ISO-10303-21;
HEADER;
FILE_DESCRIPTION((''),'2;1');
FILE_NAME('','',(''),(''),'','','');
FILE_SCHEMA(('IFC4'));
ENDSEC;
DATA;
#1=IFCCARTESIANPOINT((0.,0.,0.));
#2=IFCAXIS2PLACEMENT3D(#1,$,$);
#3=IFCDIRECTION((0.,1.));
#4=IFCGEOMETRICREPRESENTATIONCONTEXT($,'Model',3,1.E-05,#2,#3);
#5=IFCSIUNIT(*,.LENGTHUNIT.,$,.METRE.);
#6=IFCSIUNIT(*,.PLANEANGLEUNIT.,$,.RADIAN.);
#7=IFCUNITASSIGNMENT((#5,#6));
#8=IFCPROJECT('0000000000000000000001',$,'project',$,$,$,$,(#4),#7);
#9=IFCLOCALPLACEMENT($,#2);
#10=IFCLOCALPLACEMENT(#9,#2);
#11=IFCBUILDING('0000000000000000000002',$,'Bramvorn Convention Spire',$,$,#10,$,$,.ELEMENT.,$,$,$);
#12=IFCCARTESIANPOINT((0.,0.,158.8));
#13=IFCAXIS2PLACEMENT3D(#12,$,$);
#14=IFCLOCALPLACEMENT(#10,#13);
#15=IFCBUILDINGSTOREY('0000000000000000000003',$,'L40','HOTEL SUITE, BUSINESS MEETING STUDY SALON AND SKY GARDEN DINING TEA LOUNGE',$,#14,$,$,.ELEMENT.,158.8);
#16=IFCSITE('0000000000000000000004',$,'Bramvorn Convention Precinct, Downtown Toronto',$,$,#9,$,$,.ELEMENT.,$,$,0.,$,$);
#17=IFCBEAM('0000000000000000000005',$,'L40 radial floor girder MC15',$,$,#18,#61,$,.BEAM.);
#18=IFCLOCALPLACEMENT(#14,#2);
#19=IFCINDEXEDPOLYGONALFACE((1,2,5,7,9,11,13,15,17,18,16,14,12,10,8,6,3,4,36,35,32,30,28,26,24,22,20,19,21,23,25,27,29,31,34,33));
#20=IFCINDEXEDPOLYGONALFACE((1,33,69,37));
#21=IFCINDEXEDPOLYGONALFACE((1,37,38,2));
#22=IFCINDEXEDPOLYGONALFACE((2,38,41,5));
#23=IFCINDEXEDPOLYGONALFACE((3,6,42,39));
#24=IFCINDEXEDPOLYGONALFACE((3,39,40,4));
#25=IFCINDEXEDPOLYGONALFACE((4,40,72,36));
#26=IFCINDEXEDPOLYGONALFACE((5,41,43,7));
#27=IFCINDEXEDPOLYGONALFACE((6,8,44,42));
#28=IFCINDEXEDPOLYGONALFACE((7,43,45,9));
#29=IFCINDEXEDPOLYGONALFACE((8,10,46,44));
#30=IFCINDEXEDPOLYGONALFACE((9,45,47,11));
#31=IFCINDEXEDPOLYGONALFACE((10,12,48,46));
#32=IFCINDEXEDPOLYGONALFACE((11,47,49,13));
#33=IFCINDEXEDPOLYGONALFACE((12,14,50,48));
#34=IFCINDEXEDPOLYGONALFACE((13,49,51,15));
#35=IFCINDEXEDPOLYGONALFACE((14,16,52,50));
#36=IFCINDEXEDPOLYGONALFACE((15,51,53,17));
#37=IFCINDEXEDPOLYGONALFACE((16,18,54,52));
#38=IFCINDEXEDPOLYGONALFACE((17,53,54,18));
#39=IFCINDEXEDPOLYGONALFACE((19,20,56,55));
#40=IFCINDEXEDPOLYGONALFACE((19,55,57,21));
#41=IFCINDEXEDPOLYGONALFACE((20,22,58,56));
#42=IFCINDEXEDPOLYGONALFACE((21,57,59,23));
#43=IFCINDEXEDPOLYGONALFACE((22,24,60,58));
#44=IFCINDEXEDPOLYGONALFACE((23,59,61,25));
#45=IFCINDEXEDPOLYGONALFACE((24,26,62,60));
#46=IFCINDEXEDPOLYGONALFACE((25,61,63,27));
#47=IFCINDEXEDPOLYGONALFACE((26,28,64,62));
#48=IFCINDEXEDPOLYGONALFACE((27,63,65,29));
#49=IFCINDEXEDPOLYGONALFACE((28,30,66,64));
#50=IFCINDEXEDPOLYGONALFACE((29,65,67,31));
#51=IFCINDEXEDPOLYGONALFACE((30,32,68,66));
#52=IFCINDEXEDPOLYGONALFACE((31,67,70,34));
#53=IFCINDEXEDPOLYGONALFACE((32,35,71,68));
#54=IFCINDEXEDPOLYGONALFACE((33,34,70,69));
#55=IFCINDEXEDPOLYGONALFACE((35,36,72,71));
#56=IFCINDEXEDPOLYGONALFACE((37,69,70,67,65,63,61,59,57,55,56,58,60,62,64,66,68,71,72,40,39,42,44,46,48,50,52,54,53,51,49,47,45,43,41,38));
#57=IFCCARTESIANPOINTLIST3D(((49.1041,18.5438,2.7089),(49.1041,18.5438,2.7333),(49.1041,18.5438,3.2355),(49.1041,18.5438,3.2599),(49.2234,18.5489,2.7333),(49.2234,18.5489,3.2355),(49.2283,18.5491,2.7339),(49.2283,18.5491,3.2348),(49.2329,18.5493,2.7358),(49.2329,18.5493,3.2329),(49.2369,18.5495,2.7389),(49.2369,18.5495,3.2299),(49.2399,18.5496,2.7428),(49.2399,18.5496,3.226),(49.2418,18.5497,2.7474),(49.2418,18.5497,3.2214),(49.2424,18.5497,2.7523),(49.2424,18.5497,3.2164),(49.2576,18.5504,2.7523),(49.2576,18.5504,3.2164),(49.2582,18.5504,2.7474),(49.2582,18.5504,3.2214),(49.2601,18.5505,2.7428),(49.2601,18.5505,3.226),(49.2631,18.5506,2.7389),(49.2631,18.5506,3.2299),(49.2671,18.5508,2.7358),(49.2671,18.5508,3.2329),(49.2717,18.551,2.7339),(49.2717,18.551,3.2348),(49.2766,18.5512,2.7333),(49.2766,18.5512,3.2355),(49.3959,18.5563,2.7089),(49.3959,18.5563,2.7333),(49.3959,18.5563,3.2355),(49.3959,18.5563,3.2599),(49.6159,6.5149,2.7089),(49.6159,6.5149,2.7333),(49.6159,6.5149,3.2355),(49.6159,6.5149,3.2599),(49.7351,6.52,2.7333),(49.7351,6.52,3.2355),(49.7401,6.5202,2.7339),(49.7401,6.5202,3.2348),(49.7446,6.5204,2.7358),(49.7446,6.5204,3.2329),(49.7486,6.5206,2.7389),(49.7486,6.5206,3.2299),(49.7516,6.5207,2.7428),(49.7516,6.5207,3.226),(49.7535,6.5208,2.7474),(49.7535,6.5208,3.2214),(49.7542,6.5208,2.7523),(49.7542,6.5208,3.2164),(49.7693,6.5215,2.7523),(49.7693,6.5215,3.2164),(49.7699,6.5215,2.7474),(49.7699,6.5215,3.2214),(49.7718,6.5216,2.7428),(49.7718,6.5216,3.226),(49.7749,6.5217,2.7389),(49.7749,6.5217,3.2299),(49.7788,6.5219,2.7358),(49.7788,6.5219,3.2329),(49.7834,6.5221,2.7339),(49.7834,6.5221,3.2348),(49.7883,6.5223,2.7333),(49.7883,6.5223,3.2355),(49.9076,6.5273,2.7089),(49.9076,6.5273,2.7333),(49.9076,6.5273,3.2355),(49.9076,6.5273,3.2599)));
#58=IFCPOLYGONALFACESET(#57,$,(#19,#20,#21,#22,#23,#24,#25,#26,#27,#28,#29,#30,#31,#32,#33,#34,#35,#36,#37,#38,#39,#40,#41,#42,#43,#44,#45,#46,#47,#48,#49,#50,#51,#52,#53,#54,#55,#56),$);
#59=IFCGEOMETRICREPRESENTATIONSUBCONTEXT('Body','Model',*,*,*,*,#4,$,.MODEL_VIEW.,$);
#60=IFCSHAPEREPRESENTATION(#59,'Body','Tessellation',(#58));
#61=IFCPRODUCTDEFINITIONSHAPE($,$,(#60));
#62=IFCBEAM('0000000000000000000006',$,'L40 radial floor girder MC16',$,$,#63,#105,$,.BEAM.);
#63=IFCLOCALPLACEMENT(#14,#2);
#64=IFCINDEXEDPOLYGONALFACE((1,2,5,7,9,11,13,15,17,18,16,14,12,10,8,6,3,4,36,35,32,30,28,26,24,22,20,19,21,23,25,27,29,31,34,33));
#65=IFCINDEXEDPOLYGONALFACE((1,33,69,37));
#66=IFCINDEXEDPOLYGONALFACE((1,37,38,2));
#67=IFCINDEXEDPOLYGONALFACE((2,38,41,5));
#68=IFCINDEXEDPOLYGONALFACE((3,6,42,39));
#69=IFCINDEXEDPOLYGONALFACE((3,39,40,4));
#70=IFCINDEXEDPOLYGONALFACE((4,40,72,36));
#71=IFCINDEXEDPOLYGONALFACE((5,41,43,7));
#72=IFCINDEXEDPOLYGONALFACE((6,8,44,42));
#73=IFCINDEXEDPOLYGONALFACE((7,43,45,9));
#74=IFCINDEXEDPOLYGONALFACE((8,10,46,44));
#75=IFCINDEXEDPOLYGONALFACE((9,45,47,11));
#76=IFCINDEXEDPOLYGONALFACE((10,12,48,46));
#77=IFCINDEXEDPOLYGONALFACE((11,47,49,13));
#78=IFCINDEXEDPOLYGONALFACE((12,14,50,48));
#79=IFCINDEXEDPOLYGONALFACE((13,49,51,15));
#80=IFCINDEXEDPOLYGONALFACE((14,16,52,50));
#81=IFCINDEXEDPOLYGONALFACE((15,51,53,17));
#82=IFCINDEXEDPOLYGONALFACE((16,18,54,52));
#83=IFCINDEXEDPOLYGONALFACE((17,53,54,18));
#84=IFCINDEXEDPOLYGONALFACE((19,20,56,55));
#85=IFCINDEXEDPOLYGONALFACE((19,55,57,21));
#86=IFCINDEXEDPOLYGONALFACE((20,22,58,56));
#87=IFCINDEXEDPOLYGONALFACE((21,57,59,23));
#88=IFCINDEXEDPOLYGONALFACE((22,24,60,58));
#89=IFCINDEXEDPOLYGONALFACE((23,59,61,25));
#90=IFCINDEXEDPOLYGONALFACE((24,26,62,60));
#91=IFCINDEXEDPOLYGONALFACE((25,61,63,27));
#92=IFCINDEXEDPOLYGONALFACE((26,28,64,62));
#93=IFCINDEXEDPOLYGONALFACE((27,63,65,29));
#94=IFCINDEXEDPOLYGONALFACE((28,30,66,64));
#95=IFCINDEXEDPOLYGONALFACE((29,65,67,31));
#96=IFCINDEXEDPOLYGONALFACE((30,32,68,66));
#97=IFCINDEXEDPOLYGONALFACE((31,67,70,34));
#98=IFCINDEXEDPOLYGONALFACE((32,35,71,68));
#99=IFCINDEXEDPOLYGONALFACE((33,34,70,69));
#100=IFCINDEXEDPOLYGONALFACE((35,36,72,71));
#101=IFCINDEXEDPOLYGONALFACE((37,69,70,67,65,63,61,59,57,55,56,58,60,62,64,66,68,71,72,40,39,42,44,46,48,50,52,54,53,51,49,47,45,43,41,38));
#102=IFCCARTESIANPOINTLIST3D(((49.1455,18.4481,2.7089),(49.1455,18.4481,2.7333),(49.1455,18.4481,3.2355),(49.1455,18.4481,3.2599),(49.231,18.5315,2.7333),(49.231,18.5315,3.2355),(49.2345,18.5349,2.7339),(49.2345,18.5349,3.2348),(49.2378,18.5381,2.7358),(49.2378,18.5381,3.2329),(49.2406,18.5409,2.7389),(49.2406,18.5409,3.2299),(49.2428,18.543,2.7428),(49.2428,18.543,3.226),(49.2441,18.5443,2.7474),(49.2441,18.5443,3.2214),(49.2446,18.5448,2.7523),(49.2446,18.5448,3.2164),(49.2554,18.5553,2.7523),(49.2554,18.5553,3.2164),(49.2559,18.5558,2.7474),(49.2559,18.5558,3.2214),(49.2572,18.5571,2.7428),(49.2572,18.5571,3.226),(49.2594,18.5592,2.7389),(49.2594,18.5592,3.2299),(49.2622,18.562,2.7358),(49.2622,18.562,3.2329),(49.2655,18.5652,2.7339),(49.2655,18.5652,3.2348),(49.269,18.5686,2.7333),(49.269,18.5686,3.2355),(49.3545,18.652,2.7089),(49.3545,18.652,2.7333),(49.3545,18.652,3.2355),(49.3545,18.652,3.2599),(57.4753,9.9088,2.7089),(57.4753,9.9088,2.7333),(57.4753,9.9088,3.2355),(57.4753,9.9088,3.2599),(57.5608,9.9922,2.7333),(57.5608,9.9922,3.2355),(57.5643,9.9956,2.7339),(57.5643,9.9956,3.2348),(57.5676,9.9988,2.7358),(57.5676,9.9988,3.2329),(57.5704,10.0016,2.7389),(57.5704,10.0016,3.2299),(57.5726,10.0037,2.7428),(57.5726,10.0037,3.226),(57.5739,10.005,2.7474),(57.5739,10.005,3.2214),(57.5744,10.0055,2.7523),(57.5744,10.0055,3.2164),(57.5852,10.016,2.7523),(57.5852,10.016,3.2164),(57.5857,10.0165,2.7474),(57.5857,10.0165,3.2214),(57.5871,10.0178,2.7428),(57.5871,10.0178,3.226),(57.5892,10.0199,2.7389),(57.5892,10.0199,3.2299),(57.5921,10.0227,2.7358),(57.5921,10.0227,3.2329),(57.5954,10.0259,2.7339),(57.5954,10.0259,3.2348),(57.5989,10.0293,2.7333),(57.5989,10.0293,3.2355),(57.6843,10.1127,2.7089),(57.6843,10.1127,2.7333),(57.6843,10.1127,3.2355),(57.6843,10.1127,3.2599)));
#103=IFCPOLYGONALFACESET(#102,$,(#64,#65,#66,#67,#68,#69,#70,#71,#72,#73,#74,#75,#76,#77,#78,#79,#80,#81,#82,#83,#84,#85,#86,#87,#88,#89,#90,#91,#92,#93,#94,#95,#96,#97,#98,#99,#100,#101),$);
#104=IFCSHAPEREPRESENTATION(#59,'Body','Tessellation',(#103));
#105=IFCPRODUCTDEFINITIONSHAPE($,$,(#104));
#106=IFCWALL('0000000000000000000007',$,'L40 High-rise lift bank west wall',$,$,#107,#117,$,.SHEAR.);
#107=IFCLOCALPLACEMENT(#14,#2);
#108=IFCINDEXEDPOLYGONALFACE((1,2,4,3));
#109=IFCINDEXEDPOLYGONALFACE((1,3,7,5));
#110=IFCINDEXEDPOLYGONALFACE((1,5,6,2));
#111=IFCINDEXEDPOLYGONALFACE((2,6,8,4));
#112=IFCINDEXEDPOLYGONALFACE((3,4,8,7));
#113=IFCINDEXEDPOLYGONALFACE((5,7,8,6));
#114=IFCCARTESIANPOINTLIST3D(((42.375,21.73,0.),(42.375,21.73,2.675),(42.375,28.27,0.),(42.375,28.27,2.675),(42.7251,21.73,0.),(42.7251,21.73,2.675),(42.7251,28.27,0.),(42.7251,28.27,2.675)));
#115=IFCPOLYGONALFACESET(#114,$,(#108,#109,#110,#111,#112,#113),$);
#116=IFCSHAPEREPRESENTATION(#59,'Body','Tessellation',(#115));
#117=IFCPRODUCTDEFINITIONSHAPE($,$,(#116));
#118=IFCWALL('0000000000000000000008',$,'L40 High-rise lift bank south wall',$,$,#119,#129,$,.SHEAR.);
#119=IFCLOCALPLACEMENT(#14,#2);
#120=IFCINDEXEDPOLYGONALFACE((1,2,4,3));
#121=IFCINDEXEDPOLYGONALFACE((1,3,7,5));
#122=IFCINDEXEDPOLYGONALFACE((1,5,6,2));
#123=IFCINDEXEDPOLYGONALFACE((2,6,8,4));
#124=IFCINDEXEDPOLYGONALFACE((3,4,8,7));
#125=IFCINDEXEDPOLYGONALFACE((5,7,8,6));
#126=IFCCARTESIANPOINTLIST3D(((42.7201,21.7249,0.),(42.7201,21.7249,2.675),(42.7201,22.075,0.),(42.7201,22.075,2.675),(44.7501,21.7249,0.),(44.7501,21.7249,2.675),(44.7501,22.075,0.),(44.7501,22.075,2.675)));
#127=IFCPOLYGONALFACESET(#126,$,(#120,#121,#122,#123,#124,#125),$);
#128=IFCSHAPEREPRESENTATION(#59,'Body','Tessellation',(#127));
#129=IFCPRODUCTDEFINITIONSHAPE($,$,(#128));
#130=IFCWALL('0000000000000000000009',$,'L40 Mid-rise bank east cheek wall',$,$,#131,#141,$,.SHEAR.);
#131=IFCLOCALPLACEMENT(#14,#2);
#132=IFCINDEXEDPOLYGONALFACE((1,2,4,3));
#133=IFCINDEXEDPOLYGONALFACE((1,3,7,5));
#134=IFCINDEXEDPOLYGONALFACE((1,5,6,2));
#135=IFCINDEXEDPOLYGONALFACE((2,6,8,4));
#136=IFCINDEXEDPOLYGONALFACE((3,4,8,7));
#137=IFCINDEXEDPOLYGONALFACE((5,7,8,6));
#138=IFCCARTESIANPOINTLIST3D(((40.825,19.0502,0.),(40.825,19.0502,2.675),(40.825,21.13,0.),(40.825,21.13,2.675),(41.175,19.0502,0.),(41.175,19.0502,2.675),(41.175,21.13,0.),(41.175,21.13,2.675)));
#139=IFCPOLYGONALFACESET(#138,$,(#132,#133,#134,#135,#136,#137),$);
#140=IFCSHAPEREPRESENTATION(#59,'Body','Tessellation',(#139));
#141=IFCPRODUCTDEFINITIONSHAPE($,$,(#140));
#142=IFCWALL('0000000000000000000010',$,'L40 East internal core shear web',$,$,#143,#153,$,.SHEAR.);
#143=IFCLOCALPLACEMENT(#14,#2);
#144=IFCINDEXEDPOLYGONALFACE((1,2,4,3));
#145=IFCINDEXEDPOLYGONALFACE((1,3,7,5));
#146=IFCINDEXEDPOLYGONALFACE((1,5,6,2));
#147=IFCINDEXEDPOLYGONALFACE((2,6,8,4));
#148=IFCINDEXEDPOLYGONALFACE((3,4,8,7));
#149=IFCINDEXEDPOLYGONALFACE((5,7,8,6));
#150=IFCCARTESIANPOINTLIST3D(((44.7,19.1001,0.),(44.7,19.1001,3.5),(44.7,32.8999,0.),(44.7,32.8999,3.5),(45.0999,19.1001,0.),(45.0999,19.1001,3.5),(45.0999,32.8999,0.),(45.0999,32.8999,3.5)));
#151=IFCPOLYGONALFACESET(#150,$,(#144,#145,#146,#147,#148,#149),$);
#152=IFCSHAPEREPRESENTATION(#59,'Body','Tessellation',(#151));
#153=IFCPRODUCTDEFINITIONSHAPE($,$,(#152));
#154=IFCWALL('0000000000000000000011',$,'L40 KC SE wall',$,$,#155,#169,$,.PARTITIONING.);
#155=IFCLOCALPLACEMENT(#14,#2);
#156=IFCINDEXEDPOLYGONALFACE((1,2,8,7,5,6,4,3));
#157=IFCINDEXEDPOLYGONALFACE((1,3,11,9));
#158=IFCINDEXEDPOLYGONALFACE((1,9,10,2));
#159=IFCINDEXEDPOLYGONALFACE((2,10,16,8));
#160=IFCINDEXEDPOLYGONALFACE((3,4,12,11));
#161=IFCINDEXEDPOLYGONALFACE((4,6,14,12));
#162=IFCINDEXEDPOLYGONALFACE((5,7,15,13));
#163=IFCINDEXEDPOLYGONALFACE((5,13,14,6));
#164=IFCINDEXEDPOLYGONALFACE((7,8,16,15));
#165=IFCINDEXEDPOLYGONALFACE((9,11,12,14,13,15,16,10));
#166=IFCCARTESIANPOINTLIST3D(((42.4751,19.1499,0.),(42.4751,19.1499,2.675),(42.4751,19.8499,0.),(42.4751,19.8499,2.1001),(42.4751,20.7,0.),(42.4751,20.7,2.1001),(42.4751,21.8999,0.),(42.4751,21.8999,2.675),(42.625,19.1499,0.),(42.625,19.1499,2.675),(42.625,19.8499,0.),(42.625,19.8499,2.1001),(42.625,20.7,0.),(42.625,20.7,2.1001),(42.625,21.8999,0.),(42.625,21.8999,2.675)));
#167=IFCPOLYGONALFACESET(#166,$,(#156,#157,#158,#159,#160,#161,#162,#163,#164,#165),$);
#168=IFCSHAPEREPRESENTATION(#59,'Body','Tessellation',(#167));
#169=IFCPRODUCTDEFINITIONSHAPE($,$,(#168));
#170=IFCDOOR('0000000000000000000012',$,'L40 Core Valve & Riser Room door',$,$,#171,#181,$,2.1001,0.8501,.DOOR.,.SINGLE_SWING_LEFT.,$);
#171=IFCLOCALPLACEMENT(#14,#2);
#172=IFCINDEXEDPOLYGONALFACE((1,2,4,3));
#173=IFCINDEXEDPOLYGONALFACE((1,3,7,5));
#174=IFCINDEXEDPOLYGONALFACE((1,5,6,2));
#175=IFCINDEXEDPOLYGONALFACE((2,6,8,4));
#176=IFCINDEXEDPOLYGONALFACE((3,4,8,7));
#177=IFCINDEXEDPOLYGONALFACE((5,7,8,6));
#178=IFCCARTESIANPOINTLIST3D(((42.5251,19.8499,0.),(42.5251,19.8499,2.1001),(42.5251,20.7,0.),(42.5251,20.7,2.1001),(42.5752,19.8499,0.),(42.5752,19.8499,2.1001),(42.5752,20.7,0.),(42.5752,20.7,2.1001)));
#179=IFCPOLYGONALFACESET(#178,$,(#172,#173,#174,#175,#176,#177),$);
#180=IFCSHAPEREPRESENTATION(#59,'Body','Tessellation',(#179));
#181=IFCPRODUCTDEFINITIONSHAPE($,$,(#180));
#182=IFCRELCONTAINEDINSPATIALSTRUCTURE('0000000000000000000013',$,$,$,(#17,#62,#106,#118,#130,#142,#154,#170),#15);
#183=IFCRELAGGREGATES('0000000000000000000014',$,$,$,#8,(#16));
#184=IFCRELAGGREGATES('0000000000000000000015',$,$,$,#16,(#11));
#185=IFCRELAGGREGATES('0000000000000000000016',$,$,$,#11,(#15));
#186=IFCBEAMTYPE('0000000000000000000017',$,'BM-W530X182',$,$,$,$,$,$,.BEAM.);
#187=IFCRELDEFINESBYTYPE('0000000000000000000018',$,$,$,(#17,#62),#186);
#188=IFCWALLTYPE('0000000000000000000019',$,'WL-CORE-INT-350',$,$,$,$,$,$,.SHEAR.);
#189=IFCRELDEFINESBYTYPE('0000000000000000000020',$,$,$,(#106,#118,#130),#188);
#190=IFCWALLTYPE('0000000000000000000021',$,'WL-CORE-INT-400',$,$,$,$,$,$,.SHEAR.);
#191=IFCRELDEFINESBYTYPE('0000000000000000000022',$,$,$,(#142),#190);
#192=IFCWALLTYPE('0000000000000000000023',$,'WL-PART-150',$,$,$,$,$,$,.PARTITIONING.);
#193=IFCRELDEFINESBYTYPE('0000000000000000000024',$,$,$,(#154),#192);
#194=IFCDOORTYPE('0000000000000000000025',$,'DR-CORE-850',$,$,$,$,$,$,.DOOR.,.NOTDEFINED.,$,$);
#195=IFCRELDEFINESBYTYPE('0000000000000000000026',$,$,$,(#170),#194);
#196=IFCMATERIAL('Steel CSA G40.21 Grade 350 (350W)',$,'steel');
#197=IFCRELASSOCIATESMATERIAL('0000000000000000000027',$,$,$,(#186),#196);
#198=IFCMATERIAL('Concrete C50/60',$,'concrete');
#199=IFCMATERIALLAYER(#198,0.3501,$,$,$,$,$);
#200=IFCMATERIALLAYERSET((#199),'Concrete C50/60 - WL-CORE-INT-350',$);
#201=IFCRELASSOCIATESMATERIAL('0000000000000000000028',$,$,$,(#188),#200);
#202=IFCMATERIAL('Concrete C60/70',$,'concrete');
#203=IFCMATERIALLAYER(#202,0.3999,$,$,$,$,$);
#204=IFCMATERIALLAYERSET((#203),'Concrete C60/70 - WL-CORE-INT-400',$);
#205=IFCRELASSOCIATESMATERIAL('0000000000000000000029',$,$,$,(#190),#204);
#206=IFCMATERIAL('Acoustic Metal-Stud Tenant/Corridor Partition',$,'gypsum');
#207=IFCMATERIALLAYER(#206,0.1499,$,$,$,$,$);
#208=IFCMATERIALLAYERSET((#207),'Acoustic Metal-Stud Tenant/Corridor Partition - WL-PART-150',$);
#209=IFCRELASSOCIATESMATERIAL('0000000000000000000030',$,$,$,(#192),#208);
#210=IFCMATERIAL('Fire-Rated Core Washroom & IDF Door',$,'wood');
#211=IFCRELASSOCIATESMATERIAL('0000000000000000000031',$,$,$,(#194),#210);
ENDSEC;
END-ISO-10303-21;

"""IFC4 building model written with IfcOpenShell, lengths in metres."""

from ifc_helpers import new_model, si_unit, direction, frame, frame_2d, origin, origin_2d, place, context, subcontext, project, spatial, rectangle, i_section, extrude, material, layer, layer_set, material_profile, profile_set, type_object, element, fill, save


model = new_model("IFC4")

# Units and contexts
model_context = context("Model", 3, precision=1e-05, world=origin(), true_north=direction((0.0, 1.0)))
body_context = subcontext(model_context, "Body", "Model", "MODEL_VIEW")
ifc_project = project(units=[si_unit("LENGTHUNIT", "METRE"), si_unit("PLANEANGLEUNIT", "RADIAN")], contexts=[model_context])

# Site, building, storey
site_placement = place(None, origin())
site = spatial("IfcSite", under=ifc_project, at=site_placement, Name="Bramvorn Convention Precinct, Downtown Toronto", CompositionType="ELEMENT", RefElevation=0.0)
building_placement = place(site_placement, origin())
building = spatial("IfcBuilding", under=site, at=building_placement, Name="Bramvorn Convention Spire", CompositionType="ELEMENT")
storey_placement = place(building_placement, frame((0.0, 0.0, 158.8)))
storey = spatial("IfcBuildingStorey", under=building, at=storey_placement, Name="L40", Description="HOTEL SUITE, BUSINESS MEETING STUDY SALON AND SKY GARDEN DINING TEA LOUNGE", CompositionType="ELEMENT", Elevation=158.8)

# Beams
ifc_material_1 = material(Name="Steel CSA G40.21 Grade 350 (350W)", Category="steel")
ifc_material_profile_1 = material_profile(ifc_material_1, i_section(OverallWidth=0.292, OverallDepth=0.551, WebThickness=0.0151, FlangeThickness=0.0244, FilletRadius=0.019, at=origin_2d()))
ifc_profile_set_1 = profile_set([ifc_material_profile_1], Name="Steel CSA G40.21 Grade 350 (350W) - W530X182")
beam_type_1 = type_object("IfcBeamType", Name="BM-W530X182", PredefinedType="BEAM", material=ifc_profile_set_1)
beam_1_placement = place(storey_placement, frame((49.25, 18.55, 2.9844), z_axis=(0.042503, -0.999096, 0.0), x_axis=(0.999096, 0.042503, 0.0)))
element("IfcBeam", 1, at=beam_1_placement, inside=storey, type_object=beam_type_1, Name="L40 radial floor girder MC15", PredefinedType="BEAM", context=body_context, shape_type="SweptSolid", body=[
    extrude(i_section(OverallWidth=0.292, OverallDepth=0.551, WebThickness=0.0151, FlangeThickness=0.0244, FilletRadius=0.019, at=origin_2d()), origin(), (0.0, 0.0, 1.0), 12.0398),
])
beam_2_placement = place(storey_placement, frame((49.25, 18.55, 2.9844), z_axis=(0.698272, -0.715832, 0.0), x_axis=(0.715832, 0.698272, 0.0)))
element("IfcBeam", 2, at=beam_2_placement, inside=storey, type_object=beam_type_1, Name="L40 radial floor girder MC16", PredefinedType="BEAM", context=body_context, shape_type="SweptSolid", body=[
    extrude(i_section(OverallWidth=0.292, OverallDepth=0.551, WebThickness=0.0151, FlangeThickness=0.0244, FilletRadius=0.019, at=origin_2d()), origin(), (0.0, 0.0, 1.0), 11.9292),
])

# Shared definitions
ifc_material_2 = material(Name="Concrete C60/70", Category="concrete")

# Walls
ifc_material_3 = material(Name="Concrete C50/60", Category="concrete")
ifc_layer_1 = layer(ifc_material_3, 0.3501)
ifc_layer_set_1 = layer_set([ifc_layer_1], Name="Concrete C50/60 - WL-CORE-INT-350")
wall_type_1 = type_object("IfcWallType", Name="WL-CORE-INT-350", PredefinedType="SHEAR", material=ifc_layer_set_1)
wall_1_placement = place(storey_placement, frame((42.55, 21.73, 0.0), z_axis=(0.0, 0.0, 1.0), x_axis=(0.0, 1.0, 0.0)))
element("IfcWall", 3, at=wall_1_placement, inside=storey, type_object=wall_type_1, Name="L40 High-rise lift bank west wall", PredefinedType="SHEAR", context=body_context, shape_type="SweptSolid", body=[
    extrude(rectangle(XDim=6.54, YDim=0.3501, at=frame_2d((3.27, 0.0))), origin(), (0.0, 0.0, 1.0), 2.675),
])
wall_2_placement = place(storey_placement, frame((42.72, 21.8999, 0.0), z_axis=(0.0, 0.0, 1.0), x_axis=(1.0, 0.0, 0.0)))
element("IfcWall", 4, at=wall_2_placement, inside=storey, type_object=wall_type_1, Name="L40 High-rise lift bank south wall", PredefinedType="SHEAR", context=body_context, shape_type="SweptSolid", body=[
    extrude(rectangle(XDim=2.03, YDim=0.3501, at=frame_2d((1.0151, 0.0))), origin(), (0.0, 0.0, 1.0), 2.675),
])

# Walls
wall_3_placement = place(storey_placement, frame((41.0, 19.05, 0.0), z_axis=(0.0, 0.0, 1.0), x_axis=(0.0, 1.0, 0.0)))
element("IfcWall", 5, at=wall_3_placement, inside=storey, type_object=wall_type_1, Name="L40 Mid-rise bank east cheek wall", PredefinedType="SHEAR", context=body_context, shape_type="SweptSolid", body=[
    extrude(rectangle(XDim=2.0798, YDim=0.3501, at=frame_2d((1.04, 0.0))), origin(), (0.0, 0.0, 1.0), 2.675),
])
ifc_layer_2 = layer(ifc_material_2, 0.3999)
ifc_layer_set_2 = layer_set([ifc_layer_2], Name="Concrete C60/70 - WL-CORE-INT-400")
wall_type_2 = type_object("IfcWallType", Name="WL-CORE-INT-400", PredefinedType="SHEAR", material=ifc_layer_set_2)
wall_4_placement = place(storey_placement, frame((44.8999, 19.1001, 0.0), z_axis=(0.0, 0.0, 1.0), x_axis=(0.0, 1.0, 0.0)))
element("IfcWall", 6, at=wall_4_placement, inside=storey, type_object=wall_type_2, Name="L40 East internal core shear web", PredefinedType="SHEAR", context=body_context, shape_type="SweptSolid", body=[
    extrude(rectangle(XDim=13.7998, YDim=0.3999, at=frame_2d((6.8999, 0.0))), origin(), (0.0, 0.0, 1.0), 3.5),
])

# Wall, opening, door
ifc_material_4 = material(Name="Acoustic Metal-Stud Tenant/Corridor Partition", Category="gypsum")
ifc_layer_3 = layer(ifc_material_4, 0.1499)
ifc_layer_set_3 = layer_set([ifc_layer_3], Name="Acoustic Metal-Stud Tenant/Corridor Partition - WL-PART-150")
wall_type_3 = type_object("IfcWallType", Name="WL-PART-150", PredefinedType="PARTITIONING", material=ifc_layer_set_3)
wall_5_placement = place(storey_placement, frame((42.55, 19.1499, 0.0), z_axis=(0.0, 0.0, 1.0), x_axis=(0.0, 1.0, 0.0)))
wall_5 = element("IfcWall", 7, at=wall_5_placement, inside=storey, type_object=wall_type_3, Name="L40 KC SE wall", PredefinedType="PARTITIONING", context=body_context, shape_type="SweptSolid", body=[
    extrude(rectangle(XDim=2.75, YDim=0.1499, at=frame_2d((1.375, 0.0))), origin(), (0.0, 0.0, 1.0), 2.675),
])
opening_1_placement = place(wall_5_placement, frame((0.7, 0.0, 0.0)))
opening_1 = element("IfcOpeningElement", 8, at=opening_1_placement, cuts=wall_5, PredefinedType="OPENING", context=body_context, shape_type="SweptSolid", body=[
    extrude(rectangle(XDim=0.8501, YDim=2.1001, at=frame_2d((0.425, 1.05))), frame((0.0, 0.085, 0.0), z_axis=(0.0, -1.0, 0.0), x_axis=(1.0, 0.0, 0.0)), (0.0, 0.0, 1.0), 0.1699),
])
ifc_material_5 = material(Name="Fire-Rated Core Washroom & IDF Door", Category="wood")
door_type_1 = type_object("IfcDoorType", Name="DR-CORE-850", OperationType="NOTDEFINED", PredefinedType="DOOR", material=ifc_material_5)
door_1_placement = place(opening_1_placement, origin())
door_1 = element("IfcDoor", 9, at=door_1_placement, inside=storey, type_object=door_type_1, Name="L40 Core Valve & Riser Room door", OperationType="SINGLE_SWING_LEFT", OverallHeight=2.1001, OverallWidth=0.8501, PredefinedType="DOOR", context=body_context, shape_type="SweptSolid", body=[
    extrude(rectangle(XDim=0.8501, YDim=2.1001, at=frame_2d((0.425, 1.05))), frame((0.0, 0.0249, 0.0), z_axis=(0.0, -1.0, 0.0), x_axis=(1.0, 0.0, 0.0)), (0.0, 0.0, 1.0), 0.05),
])
fill(opening_1, door_1)

save(model, "model.ifc")
